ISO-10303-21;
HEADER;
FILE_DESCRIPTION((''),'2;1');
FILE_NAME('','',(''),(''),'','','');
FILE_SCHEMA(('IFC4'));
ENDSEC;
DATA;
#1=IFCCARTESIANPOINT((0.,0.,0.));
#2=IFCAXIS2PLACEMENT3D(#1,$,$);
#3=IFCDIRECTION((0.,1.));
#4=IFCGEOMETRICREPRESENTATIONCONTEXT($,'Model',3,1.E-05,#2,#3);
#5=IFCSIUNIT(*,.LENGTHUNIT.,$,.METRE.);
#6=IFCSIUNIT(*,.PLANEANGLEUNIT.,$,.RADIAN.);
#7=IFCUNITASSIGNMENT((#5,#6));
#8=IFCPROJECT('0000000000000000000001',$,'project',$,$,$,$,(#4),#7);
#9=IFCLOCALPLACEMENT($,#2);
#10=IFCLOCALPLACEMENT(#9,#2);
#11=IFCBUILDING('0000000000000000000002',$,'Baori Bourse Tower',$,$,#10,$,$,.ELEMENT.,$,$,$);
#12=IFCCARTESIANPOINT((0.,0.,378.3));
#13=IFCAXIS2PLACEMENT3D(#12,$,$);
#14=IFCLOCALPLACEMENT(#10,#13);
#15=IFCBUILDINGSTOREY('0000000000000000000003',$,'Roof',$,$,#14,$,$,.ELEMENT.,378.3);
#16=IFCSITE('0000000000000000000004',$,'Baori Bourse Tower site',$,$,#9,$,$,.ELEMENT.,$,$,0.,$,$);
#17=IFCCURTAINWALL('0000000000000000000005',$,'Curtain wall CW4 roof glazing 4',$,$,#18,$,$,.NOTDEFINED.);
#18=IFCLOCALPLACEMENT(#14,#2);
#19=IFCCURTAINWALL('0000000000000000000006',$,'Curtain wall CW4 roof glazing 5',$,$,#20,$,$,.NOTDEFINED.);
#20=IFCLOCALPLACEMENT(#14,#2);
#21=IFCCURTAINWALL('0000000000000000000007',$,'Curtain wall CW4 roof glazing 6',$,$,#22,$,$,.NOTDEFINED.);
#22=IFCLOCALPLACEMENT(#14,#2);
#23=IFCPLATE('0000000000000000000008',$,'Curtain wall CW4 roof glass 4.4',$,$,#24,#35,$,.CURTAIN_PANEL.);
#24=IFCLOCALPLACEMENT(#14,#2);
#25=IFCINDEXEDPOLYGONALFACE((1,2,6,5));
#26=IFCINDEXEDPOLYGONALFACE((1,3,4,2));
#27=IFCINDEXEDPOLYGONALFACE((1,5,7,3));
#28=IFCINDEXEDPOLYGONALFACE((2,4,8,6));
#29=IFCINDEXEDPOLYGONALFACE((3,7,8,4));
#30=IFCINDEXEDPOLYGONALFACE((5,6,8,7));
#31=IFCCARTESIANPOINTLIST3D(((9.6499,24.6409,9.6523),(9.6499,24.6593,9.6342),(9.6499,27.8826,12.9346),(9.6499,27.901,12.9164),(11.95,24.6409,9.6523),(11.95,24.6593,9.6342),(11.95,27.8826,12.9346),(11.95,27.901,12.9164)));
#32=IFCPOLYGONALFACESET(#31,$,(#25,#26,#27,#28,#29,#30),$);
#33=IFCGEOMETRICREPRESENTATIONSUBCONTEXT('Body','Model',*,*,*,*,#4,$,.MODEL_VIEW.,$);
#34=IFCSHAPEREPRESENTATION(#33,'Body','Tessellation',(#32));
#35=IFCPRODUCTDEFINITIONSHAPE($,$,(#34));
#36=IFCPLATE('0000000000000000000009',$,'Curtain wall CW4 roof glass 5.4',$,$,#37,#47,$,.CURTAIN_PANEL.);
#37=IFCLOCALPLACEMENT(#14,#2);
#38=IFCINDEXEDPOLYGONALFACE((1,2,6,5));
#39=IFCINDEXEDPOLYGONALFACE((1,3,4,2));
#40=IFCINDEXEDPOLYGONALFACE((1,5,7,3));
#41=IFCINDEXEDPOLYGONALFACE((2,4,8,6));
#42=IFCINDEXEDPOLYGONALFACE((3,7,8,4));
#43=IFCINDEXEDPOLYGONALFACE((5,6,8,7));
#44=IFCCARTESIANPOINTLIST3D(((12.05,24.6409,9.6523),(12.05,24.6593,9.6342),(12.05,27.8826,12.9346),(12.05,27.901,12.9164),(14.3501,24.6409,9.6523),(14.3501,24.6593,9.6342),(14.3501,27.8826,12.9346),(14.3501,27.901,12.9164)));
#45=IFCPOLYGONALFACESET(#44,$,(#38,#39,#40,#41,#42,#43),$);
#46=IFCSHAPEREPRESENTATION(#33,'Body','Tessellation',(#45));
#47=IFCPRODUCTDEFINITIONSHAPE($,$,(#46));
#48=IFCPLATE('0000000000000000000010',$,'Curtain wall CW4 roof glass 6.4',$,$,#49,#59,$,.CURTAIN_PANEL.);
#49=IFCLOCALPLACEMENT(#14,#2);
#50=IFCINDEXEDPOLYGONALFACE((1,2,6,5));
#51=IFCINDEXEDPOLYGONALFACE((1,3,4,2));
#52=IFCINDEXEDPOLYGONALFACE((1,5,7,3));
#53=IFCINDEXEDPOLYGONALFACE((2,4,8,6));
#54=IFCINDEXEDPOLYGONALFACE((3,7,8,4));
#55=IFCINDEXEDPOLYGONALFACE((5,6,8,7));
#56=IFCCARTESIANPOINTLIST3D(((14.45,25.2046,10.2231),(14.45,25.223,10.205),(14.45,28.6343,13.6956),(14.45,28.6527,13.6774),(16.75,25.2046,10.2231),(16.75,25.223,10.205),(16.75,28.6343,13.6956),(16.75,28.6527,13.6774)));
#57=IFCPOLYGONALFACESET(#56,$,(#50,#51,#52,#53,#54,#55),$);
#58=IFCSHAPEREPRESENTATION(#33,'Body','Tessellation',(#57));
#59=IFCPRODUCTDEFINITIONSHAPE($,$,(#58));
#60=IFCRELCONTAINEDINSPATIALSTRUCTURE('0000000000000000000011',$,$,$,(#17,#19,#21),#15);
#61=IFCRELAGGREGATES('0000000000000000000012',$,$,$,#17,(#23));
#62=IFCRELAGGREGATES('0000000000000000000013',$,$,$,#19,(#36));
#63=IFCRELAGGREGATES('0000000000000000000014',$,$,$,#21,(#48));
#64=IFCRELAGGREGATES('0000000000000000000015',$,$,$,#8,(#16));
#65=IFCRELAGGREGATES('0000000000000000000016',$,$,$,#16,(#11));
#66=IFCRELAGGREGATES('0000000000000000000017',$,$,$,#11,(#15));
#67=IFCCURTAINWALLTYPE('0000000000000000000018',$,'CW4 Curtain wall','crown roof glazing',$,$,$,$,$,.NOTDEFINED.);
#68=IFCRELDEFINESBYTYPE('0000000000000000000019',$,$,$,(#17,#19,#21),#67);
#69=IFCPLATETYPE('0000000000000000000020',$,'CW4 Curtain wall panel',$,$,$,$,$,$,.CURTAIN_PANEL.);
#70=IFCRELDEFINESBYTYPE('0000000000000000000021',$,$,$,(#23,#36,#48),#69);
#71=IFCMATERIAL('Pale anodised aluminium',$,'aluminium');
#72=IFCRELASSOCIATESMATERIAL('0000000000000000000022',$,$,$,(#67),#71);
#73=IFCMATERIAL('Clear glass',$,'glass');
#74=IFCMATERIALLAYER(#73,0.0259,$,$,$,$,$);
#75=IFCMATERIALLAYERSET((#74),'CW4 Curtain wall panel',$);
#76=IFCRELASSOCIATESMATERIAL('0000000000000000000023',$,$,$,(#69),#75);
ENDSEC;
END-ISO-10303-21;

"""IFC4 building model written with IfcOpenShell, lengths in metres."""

from ifc_helpers import new_model, si_unit, direction, frame, origin, place, context, subcontext, project, spatial, polyline, outline, extrude, material, layer, layer_set, type_object, element, aggregate, save


model = new_model("IFC4")

# Units and contexts
model_context = context("Model", 3, precision=1e-05, world=origin(), true_north=direction((0.0, 1.0)))
body_context = subcontext(model_context, "Body", "Model", "MODEL_VIEW")
ifc_project = project(units=[si_unit("LENGTHUNIT", "METRE"), si_unit("PLANEANGLEUNIT", "RADIAN")], contexts=[model_context])

# Site, building, storey
site_placement = place(None, origin())
site = spatial("IfcSite", under=ifc_project, at=site_placement, Name="Baori Bourse Tower site", CompositionType="ELEMENT", RefElevation=0.0)
building_placement = place(site_placement, origin())
building = spatial("IfcBuilding", under=site, at=building_placement, Name="Baori Bourse Tower", CompositionType="ELEMENT")
storey_placement = place(building_placement, frame((0.0, 0.0, 378.3)))
storey = spatial("IfcBuildingStorey", under=building, at=storey_placement, Name="Roof", CompositionType="ELEMENT", Elevation=378.3)

# Curtain walls
ifc_material_1 = material(Name="Pale anodised aluminium", Category="aluminium")
curtain_wall_type_1 = type_object("IfcCurtainWallType", Name="CW4 Curtain wall", Description="crown roof glazing", PredefinedType="NOTDEFINED", material=ifc_material_1)
curtain_wall_1_placement = place(storey_placement, origin())
curtain_wall_1 = element("IfcCurtainWall", 1, at=curtain_wall_1_placement, inside=storey, type_object=curtain_wall_type_1, Name="Curtain wall CW4 roof glazing 4", PredefinedType="NOTDEFINED")
curtain_wall_2_placement = place(storey_placement, origin())
curtain_wall_2 = element("IfcCurtainWall", 2, at=curtain_wall_2_placement, inside=storey, type_object=curtain_wall_type_1, Name="Curtain wall CW4 roof glazing 5", PredefinedType="NOTDEFINED")
curtain_wall_3_placement = place(storey_placement, origin())
curtain_wall_3 = element("IfcCurtainWall", 3, at=curtain_wall_3_placement, inside=storey, type_object=curtain_wall_type_1, Name="Curtain wall CW4 roof glazing 6", PredefinedType="NOTDEFINED")

# Plates
ifc_material_2 = material(Name="Clear glass", Category="glass")
ifc_layer_1 = layer(ifc_material_2, 0.0259)
ifc_layer_set_1 = layer_set([ifc_layer_1], Name="CW4 Curtain wall panel")
plate_type_1 = type_object("IfcPlateType", Name="CW4 Curtain wall panel", PredefinedType="CURTAIN_PANEL", material=ifc_layer_set_1)
plate_1_placement = place(storey_placement, frame((9.6499, 24.6409, 9.6523), z_axis=(0.0, -0.711486, 0.702701), x_axis=(1.0, 0.0, 0.0)))
plate_1 = element("IfcPlate", 4, at=plate_1_placement, type_object=plate_type_1, Name="Curtain wall CW4 roof glass 4.4", PredefinedType="CURTAIN_PANEL", context=body_context, shape_type="SweptSolid", body=[
    extrude(outline(polyline([(0.0, 0.0), (2.3, 0.0), (2.3, 4.6132), (0.0, 4.6132), (0.0, 0.0)])), origin(), (0.0, 0.0, -1.0), 0.0259),
])
aggregate(curtain_wall_1, [plate_1])
plate_2_placement = place(storey_placement, frame((12.05, 24.6409, 9.6523), z_axis=(0.0, -0.711486, 0.702701), x_axis=(1.0, 0.0, 0.0)))
plate_2 = element("IfcPlate", 5, at=plate_2_placement, type_object=plate_type_1, Name="Curtain wall CW4 roof glass 5.4", PredefinedType="CURTAIN_PANEL", context=body_context, shape_type="SweptSolid", body=[
    extrude(outline(polyline([(0.0, 0.0), (2.3, 0.0), (2.3, 4.6132), (0.0, 4.6132), (0.0, 0.0)])), origin(), (0.0, 0.0, -1.0), 0.0259),
])
aggregate(curtain_wall_2, [plate_2])
plate_3_placement = place(storey_placement, frame((14.45, 25.2046, 10.2231), z_axis=(0.0, -0.71147, 0.702716), x_axis=(1.0, 0.0, 0.0)))
plate_3 = element("IfcPlate", 6, at=plate_3_placement, type_object=plate_type_1, Name="Curtain wall CW4 roof glass 6.4", PredefinedType="CURTAIN_PANEL", context=body_context, shape_type="SweptSolid", body=[
    extrude(outline(polyline([(0.0, 0.0), (2.3, 0.0), (2.3, 4.8806), (0.0, 4.8806), (0.0, 0.0)])), origin(), (0.0, 0.0, -1.0), 0.0259),
])
aggregate(curtain_wall_3, [plate_3])

save(model, "model.ifc")
